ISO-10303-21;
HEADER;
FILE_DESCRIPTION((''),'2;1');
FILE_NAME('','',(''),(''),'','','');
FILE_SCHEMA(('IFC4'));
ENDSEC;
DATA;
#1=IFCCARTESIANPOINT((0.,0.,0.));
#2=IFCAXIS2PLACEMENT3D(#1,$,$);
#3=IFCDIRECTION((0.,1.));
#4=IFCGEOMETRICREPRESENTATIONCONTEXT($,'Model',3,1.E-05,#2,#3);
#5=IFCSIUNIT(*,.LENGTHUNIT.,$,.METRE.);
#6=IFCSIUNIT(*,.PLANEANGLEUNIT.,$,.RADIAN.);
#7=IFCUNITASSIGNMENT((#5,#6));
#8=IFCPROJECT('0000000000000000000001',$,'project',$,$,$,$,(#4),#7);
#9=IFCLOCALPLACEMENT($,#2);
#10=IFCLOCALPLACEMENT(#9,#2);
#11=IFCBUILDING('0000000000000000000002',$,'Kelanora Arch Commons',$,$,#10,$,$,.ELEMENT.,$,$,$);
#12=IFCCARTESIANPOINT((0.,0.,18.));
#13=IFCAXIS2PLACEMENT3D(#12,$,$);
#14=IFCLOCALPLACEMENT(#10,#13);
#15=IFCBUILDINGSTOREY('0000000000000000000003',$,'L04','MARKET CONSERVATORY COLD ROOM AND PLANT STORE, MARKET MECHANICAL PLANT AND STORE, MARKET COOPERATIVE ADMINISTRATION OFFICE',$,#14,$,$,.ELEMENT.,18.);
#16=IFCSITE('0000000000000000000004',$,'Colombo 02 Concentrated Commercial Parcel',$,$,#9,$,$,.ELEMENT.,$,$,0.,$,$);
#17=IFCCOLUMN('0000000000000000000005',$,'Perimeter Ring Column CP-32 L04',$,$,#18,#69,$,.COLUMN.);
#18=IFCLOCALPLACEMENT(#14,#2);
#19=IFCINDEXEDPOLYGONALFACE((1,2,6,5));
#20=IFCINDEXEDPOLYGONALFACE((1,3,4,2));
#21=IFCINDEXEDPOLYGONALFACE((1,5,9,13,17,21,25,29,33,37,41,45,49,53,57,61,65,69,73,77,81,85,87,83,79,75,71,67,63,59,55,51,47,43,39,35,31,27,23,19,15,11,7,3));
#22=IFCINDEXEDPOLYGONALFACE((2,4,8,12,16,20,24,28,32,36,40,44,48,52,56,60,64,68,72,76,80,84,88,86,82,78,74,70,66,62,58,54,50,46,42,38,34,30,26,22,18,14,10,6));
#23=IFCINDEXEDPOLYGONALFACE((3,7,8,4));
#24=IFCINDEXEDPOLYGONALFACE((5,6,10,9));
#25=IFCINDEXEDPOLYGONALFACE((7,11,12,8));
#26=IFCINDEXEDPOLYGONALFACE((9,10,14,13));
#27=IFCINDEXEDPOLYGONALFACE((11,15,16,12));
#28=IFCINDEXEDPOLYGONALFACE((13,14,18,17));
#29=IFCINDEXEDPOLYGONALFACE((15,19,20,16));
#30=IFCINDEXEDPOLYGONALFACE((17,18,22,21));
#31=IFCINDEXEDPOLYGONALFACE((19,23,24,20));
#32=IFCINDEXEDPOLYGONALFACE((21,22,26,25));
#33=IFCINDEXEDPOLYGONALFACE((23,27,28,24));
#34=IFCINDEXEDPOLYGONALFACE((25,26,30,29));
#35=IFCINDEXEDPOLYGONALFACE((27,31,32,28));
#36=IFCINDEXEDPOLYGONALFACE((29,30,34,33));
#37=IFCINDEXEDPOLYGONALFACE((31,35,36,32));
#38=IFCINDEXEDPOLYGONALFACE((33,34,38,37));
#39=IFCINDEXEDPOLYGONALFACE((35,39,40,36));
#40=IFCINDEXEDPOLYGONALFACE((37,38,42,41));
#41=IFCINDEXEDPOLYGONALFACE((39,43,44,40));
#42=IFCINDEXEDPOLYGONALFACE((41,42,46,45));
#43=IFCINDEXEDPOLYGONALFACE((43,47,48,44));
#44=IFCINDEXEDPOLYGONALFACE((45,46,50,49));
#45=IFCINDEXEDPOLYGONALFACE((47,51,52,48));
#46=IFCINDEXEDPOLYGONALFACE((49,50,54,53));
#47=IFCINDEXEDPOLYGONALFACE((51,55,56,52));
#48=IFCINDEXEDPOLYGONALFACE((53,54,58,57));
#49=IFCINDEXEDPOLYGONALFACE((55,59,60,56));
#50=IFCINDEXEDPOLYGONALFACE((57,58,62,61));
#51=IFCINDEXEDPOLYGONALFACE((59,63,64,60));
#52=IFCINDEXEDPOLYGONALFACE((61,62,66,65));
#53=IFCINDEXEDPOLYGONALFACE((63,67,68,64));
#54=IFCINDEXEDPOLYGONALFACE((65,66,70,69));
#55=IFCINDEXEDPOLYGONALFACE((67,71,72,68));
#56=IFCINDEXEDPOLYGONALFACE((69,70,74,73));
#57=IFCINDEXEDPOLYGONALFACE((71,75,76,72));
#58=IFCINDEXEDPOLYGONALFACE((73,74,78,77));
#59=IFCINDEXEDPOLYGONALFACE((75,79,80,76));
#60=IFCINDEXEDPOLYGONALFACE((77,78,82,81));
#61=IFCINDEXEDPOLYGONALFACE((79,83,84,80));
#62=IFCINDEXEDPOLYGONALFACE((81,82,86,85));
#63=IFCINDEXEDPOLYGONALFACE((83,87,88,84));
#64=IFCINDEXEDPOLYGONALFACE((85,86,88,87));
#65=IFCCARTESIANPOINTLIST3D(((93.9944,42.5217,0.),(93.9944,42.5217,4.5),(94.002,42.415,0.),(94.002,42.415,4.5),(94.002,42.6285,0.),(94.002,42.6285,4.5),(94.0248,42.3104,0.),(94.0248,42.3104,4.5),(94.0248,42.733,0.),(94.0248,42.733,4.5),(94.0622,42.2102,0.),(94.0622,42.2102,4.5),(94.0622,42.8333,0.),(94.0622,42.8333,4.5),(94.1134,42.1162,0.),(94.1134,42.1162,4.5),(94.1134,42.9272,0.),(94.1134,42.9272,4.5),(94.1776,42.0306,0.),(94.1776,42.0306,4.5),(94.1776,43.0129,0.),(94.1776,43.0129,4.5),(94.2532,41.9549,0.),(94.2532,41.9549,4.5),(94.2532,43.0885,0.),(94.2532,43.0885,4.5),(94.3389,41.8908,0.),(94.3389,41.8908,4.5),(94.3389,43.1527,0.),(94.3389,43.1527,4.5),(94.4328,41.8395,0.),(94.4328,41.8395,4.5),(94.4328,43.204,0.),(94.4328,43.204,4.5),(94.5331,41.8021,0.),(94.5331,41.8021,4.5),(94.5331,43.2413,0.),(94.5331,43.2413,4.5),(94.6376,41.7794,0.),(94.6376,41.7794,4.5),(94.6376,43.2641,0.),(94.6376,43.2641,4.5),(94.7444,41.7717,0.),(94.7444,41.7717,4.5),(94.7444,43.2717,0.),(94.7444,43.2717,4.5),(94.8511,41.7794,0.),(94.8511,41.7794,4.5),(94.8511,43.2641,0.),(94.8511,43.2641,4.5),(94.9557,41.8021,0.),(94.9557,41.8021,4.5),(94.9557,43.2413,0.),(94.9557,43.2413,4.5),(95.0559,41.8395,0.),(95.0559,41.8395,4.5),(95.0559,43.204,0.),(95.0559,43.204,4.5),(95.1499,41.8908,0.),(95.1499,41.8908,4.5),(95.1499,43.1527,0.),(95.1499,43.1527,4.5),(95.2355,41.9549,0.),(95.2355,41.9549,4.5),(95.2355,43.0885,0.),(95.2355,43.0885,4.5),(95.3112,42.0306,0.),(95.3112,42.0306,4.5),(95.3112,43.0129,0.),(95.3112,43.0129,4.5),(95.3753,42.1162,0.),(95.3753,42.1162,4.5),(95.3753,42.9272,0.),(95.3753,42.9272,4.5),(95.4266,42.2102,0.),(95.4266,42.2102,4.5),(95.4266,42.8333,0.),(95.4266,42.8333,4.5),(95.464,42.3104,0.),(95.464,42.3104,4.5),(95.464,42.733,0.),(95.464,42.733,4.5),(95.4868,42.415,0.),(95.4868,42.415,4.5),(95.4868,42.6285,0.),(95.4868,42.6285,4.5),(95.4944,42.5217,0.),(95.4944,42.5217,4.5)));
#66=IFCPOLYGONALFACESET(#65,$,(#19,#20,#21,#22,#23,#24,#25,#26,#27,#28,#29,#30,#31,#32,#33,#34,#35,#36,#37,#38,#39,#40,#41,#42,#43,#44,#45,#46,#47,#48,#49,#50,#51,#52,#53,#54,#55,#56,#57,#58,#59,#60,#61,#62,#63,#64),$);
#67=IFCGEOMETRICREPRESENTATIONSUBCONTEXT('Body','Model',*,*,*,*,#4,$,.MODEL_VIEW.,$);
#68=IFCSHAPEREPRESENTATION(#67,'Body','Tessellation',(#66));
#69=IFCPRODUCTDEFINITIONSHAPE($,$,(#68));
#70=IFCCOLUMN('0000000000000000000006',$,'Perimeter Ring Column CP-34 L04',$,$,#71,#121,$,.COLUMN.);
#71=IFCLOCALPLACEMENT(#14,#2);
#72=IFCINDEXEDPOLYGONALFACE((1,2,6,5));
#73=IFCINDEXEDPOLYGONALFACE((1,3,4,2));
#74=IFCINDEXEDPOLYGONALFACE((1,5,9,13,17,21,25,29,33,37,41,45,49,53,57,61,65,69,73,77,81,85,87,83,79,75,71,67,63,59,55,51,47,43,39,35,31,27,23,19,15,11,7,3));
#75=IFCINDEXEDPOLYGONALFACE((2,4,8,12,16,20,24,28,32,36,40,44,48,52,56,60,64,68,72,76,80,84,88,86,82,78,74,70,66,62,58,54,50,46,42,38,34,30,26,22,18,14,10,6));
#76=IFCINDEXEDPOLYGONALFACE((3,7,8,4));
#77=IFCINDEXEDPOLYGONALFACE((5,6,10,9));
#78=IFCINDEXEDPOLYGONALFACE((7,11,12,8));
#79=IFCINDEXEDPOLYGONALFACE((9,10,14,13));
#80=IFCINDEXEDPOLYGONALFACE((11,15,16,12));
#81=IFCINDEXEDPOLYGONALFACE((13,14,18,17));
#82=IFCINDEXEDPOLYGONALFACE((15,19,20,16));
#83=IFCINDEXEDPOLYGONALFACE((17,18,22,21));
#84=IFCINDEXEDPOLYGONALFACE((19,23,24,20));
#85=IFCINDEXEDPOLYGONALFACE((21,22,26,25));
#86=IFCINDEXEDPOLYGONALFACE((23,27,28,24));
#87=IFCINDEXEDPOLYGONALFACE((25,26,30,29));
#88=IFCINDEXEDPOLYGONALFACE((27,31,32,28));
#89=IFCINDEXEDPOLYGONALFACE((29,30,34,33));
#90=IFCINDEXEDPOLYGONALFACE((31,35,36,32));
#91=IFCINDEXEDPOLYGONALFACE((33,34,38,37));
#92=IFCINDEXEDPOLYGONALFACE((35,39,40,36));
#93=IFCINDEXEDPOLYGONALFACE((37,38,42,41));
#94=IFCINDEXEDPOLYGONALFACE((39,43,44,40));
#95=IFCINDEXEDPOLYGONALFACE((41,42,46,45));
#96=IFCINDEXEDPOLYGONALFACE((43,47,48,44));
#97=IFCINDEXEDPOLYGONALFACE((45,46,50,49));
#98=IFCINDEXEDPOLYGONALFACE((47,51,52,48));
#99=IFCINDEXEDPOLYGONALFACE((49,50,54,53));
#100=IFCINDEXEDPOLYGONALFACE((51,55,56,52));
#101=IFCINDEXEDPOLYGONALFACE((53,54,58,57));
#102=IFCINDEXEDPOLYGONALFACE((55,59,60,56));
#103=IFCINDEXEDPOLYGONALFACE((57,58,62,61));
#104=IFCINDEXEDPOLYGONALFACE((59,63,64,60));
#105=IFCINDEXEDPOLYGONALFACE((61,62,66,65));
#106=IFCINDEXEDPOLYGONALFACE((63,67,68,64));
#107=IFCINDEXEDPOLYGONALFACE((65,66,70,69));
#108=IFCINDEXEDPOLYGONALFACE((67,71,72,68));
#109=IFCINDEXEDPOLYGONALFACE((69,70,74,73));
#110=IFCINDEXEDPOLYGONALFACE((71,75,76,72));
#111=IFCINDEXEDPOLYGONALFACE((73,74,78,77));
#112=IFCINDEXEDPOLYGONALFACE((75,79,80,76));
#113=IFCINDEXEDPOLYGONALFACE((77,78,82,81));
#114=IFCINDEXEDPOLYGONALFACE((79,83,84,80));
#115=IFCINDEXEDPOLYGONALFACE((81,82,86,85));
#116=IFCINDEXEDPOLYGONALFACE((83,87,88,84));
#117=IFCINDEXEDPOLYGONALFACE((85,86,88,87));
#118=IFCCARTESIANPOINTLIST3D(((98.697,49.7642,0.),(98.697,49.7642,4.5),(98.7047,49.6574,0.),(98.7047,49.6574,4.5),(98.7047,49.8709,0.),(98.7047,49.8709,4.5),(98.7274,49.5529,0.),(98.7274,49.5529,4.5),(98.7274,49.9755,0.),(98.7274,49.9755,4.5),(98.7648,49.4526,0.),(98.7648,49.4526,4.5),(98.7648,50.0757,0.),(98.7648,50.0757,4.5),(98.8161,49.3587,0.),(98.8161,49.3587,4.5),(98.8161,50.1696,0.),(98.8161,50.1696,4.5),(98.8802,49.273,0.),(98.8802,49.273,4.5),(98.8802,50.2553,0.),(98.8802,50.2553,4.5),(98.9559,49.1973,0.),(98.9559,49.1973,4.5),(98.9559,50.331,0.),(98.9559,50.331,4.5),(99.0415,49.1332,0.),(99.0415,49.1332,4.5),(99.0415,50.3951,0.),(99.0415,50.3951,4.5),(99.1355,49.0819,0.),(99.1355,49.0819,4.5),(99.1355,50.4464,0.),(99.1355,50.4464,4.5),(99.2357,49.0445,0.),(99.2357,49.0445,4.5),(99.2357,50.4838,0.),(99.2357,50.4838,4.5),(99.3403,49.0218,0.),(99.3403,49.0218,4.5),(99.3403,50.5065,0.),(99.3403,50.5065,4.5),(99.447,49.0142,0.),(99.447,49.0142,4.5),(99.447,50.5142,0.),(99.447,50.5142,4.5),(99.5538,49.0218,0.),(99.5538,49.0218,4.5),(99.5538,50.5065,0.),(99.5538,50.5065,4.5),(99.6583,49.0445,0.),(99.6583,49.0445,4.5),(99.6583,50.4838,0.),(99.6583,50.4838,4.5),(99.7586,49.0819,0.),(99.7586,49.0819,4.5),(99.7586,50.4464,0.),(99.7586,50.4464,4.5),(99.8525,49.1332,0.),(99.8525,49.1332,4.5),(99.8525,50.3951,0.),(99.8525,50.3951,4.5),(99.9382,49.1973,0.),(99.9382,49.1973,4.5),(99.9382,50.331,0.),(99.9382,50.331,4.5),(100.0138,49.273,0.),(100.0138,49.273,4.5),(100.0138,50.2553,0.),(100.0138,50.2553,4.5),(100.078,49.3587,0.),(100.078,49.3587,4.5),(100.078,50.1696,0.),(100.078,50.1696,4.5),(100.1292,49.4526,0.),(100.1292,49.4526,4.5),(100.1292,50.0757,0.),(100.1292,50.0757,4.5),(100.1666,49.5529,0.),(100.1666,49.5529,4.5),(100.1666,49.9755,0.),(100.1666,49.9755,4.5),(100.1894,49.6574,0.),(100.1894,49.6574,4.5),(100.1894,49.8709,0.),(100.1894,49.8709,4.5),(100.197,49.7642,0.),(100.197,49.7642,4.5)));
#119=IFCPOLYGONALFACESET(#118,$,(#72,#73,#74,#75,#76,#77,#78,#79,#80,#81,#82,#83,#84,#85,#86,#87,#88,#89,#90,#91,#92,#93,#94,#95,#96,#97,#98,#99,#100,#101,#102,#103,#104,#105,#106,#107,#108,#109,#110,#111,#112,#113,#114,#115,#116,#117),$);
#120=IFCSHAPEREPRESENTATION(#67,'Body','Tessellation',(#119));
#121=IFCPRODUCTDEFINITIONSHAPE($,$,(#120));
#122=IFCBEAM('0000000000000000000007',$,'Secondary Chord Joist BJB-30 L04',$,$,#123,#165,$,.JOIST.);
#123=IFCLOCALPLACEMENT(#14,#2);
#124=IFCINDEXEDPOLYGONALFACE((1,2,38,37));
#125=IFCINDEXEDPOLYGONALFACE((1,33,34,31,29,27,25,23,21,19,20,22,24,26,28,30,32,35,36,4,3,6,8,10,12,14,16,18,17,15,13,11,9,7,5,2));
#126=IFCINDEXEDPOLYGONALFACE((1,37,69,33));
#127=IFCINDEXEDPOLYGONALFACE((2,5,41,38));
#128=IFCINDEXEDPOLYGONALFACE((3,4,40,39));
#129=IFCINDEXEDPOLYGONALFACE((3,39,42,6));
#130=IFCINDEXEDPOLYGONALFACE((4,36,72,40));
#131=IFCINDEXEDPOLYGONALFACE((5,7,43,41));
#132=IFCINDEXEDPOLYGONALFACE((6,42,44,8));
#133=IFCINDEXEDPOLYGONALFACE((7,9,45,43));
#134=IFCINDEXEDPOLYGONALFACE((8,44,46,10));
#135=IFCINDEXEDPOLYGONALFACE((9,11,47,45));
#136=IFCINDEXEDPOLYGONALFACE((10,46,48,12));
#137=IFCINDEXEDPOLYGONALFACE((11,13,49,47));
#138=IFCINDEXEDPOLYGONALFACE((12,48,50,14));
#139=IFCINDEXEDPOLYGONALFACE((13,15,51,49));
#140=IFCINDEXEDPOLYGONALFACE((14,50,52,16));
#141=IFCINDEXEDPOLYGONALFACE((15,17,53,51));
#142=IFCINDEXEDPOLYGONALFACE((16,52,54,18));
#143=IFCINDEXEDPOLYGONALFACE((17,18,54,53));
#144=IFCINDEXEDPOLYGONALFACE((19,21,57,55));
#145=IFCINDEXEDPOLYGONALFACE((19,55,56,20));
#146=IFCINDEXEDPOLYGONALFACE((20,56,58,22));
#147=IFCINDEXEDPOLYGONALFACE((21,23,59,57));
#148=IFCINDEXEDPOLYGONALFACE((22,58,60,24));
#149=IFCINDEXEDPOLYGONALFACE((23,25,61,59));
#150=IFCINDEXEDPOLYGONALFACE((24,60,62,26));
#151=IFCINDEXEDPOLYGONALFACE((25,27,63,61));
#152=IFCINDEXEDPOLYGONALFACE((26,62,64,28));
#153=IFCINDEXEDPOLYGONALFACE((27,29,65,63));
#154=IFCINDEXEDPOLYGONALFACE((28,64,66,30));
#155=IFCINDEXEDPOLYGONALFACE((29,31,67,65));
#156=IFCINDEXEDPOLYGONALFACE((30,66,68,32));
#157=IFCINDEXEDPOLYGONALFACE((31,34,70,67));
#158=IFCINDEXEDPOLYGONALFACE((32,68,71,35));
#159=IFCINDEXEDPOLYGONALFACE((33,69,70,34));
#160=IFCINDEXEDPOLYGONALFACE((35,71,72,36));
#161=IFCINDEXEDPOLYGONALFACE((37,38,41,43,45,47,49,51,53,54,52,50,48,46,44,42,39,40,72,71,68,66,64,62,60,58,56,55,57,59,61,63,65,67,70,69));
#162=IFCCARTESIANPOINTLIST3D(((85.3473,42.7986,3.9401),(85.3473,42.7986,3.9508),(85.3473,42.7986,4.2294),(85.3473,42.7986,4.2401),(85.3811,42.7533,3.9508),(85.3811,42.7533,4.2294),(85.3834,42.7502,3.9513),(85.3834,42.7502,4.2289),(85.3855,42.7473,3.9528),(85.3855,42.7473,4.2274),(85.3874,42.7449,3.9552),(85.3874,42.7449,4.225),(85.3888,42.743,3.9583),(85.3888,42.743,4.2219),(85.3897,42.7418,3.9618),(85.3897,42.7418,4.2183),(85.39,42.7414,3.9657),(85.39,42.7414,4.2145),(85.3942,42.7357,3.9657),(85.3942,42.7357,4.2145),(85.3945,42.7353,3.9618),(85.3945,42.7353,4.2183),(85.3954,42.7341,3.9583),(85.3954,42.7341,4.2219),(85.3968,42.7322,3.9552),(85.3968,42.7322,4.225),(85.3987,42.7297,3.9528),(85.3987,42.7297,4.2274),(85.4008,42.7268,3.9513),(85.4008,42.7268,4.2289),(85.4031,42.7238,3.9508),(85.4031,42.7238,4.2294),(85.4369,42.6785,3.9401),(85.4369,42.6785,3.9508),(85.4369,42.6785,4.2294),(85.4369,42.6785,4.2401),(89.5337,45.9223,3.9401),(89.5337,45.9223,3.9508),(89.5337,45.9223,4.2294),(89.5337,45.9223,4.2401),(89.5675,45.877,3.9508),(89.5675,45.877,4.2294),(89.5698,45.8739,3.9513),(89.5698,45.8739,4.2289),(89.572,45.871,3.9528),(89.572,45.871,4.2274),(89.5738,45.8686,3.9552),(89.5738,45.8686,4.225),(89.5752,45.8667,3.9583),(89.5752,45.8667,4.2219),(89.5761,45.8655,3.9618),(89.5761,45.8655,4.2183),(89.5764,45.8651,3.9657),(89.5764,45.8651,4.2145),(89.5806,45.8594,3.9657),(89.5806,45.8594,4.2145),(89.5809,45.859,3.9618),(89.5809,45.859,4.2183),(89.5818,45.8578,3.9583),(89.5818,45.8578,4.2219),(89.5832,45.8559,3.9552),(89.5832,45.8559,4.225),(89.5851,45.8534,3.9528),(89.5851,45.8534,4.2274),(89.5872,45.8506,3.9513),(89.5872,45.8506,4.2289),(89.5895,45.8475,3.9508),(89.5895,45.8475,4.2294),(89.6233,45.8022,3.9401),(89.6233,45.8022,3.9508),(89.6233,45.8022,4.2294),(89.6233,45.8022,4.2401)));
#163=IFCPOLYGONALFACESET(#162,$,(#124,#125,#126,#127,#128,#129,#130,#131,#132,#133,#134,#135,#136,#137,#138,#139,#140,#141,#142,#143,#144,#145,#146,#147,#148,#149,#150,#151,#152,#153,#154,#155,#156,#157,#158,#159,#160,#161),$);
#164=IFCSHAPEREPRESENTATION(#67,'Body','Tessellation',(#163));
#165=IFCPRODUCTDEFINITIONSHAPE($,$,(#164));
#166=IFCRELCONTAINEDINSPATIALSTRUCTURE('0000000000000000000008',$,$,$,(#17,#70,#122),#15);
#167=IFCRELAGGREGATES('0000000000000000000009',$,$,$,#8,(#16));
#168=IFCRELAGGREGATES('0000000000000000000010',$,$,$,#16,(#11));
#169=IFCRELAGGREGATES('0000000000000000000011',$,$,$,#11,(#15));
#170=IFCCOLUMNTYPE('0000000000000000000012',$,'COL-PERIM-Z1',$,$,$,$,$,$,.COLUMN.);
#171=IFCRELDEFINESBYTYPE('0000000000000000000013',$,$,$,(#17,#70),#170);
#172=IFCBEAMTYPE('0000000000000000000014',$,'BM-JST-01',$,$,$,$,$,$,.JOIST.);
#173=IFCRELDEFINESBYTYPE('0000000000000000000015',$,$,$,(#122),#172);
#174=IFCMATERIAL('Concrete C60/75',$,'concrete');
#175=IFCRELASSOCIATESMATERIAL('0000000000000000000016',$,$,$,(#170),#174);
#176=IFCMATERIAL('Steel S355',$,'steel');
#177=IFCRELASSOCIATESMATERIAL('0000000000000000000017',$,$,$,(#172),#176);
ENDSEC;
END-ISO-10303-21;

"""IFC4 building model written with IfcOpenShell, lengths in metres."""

from ifc_helpers import new_model, si_unit, direction, frame, origin, origin_2d, place, context, subcontext, project, spatial, circle, i_section, extrude, material, material_profile, profile_set, type_object, element, save


model = new_model("IFC4")

# Units and contexts
model_context = context("Model", 3, precision=1e-05, world=origin(), true_north=direction((0.0, 1.0)))
body_context = subcontext(model_context, "Body", "Model", "MODEL_VIEW")
ifc_project = project(units=[si_unit("LENGTHUNIT", "METRE"), si_unit("PLANEANGLEUNIT", "RADIAN")], contexts=[model_context])

# Site, building, storey
site_placement = place(None, origin())
site = spatial("IfcSite", under=ifc_project, at=site_placement, Name="Colombo 02 Concentrated Commercial Parcel", CompositionType="ELEMENT", RefElevation=0.0)
building_placement = place(site_placement, origin())
building = spatial("IfcBuilding", under=site, at=building_placement, Name="Kelanora Arch Commons", CompositionType="ELEMENT")
storey_placement = place(building_placement, frame((0.0, 0.0, 18.0)))
storey = spatial("IfcBuildingStorey", under=building, at=storey_placement, Name="L04", Description="MARKET CONSERVATORY COLD ROOM AND PLANT STORE, MARKET MECHANICAL PLANT AND STORE, MARKET COOPERATIVE ADMINISTRATION OFFICE", CompositionType="ELEMENT", Elevation=18.0)

# Columns
ifc_material_1 = material(Name="Concrete C60/75", Category="concrete")
ifc_material_profile_1 = material_profile(ifc_material_1, circle(Radius=0.75, at=origin_2d()), Name="RCC1500")
ifc_profile_set_1 = profile_set([ifc_material_profile_1], Name="Concrete C60/75")
column_type = type_object("IfcColumnType", Name="COL-PERIM-Z1", PredefinedType="COLUMN", material=ifc_profile_set_1)
for number, where, z_axis, x_axis, name in (
    (1, (94.7444, 42.5217, 0.0), (0.0, 0.0, 1.0), (1.0, 0.0, 0.0), "Perimeter Ring Column CP-32 L04"),
    (2, (99.447, 49.7642, 0.0), (0.0, 0.0, 1.0), (1.0, 0.0, 0.0), "Perimeter Ring Column CP-34 L04"),
):
    element("IfcColumn", number, at=place(storey_placement, frame(where, z_axis=z_axis, x_axis=x_axis)), inside=storey, type_object=column_type, Name=name, PredefinedType="COLUMN", context=body_context, shape_type="SweptSolid", body=[
        extrude(circle(Radius=0.75, at=origin_2d()), origin(), (0.0, 0.0, 1.0), 4.5),
    ])

# Beam
ifc_material_2 = material(Name="Steel S355", Category="steel")
ifc_material_profile_2 = material_profile(ifc_material_2, i_section(OverallWidth=0.1499, OverallDepth=0.3, WebThickness=0.0071, FlangeThickness=0.0107, FilletRadius=0.0149, at=origin_2d()), Name="IPE300")
ifc_profile_set_2 = profile_set([ifc_material_profile_2], Name="Steel S355")
beam_type_1 = type_object("IfcBeamType", Name="BM-JST-01", PredefinedType="JOIST", material=ifc_profile_set_2)
beam_1_placement = place(storey_placement, frame((85.3921, 42.7385, 4.0901), z_axis=(0.801478, 0.598024, 0.0), x_axis=(-0.598024, 0.801478, 0.0)))
element("IfcBeam", 3, at=beam_1_placement, inside=storey, type_object=beam_type_1, Name="Secondary Chord Joist BJB-30 L04", PredefinedType="JOIST", context=body_context, shape_type="SweptSolid", body=[
    extrude(i_section(OverallWidth=0.1499, OverallDepth=0.3, WebThickness=0.0071, FlangeThickness=0.0107, FilletRadius=0.0149, at=origin_2d()), origin(), (0.0, 0.0, 1.0), 5.2234),
])

save(model, "model.ifc")
